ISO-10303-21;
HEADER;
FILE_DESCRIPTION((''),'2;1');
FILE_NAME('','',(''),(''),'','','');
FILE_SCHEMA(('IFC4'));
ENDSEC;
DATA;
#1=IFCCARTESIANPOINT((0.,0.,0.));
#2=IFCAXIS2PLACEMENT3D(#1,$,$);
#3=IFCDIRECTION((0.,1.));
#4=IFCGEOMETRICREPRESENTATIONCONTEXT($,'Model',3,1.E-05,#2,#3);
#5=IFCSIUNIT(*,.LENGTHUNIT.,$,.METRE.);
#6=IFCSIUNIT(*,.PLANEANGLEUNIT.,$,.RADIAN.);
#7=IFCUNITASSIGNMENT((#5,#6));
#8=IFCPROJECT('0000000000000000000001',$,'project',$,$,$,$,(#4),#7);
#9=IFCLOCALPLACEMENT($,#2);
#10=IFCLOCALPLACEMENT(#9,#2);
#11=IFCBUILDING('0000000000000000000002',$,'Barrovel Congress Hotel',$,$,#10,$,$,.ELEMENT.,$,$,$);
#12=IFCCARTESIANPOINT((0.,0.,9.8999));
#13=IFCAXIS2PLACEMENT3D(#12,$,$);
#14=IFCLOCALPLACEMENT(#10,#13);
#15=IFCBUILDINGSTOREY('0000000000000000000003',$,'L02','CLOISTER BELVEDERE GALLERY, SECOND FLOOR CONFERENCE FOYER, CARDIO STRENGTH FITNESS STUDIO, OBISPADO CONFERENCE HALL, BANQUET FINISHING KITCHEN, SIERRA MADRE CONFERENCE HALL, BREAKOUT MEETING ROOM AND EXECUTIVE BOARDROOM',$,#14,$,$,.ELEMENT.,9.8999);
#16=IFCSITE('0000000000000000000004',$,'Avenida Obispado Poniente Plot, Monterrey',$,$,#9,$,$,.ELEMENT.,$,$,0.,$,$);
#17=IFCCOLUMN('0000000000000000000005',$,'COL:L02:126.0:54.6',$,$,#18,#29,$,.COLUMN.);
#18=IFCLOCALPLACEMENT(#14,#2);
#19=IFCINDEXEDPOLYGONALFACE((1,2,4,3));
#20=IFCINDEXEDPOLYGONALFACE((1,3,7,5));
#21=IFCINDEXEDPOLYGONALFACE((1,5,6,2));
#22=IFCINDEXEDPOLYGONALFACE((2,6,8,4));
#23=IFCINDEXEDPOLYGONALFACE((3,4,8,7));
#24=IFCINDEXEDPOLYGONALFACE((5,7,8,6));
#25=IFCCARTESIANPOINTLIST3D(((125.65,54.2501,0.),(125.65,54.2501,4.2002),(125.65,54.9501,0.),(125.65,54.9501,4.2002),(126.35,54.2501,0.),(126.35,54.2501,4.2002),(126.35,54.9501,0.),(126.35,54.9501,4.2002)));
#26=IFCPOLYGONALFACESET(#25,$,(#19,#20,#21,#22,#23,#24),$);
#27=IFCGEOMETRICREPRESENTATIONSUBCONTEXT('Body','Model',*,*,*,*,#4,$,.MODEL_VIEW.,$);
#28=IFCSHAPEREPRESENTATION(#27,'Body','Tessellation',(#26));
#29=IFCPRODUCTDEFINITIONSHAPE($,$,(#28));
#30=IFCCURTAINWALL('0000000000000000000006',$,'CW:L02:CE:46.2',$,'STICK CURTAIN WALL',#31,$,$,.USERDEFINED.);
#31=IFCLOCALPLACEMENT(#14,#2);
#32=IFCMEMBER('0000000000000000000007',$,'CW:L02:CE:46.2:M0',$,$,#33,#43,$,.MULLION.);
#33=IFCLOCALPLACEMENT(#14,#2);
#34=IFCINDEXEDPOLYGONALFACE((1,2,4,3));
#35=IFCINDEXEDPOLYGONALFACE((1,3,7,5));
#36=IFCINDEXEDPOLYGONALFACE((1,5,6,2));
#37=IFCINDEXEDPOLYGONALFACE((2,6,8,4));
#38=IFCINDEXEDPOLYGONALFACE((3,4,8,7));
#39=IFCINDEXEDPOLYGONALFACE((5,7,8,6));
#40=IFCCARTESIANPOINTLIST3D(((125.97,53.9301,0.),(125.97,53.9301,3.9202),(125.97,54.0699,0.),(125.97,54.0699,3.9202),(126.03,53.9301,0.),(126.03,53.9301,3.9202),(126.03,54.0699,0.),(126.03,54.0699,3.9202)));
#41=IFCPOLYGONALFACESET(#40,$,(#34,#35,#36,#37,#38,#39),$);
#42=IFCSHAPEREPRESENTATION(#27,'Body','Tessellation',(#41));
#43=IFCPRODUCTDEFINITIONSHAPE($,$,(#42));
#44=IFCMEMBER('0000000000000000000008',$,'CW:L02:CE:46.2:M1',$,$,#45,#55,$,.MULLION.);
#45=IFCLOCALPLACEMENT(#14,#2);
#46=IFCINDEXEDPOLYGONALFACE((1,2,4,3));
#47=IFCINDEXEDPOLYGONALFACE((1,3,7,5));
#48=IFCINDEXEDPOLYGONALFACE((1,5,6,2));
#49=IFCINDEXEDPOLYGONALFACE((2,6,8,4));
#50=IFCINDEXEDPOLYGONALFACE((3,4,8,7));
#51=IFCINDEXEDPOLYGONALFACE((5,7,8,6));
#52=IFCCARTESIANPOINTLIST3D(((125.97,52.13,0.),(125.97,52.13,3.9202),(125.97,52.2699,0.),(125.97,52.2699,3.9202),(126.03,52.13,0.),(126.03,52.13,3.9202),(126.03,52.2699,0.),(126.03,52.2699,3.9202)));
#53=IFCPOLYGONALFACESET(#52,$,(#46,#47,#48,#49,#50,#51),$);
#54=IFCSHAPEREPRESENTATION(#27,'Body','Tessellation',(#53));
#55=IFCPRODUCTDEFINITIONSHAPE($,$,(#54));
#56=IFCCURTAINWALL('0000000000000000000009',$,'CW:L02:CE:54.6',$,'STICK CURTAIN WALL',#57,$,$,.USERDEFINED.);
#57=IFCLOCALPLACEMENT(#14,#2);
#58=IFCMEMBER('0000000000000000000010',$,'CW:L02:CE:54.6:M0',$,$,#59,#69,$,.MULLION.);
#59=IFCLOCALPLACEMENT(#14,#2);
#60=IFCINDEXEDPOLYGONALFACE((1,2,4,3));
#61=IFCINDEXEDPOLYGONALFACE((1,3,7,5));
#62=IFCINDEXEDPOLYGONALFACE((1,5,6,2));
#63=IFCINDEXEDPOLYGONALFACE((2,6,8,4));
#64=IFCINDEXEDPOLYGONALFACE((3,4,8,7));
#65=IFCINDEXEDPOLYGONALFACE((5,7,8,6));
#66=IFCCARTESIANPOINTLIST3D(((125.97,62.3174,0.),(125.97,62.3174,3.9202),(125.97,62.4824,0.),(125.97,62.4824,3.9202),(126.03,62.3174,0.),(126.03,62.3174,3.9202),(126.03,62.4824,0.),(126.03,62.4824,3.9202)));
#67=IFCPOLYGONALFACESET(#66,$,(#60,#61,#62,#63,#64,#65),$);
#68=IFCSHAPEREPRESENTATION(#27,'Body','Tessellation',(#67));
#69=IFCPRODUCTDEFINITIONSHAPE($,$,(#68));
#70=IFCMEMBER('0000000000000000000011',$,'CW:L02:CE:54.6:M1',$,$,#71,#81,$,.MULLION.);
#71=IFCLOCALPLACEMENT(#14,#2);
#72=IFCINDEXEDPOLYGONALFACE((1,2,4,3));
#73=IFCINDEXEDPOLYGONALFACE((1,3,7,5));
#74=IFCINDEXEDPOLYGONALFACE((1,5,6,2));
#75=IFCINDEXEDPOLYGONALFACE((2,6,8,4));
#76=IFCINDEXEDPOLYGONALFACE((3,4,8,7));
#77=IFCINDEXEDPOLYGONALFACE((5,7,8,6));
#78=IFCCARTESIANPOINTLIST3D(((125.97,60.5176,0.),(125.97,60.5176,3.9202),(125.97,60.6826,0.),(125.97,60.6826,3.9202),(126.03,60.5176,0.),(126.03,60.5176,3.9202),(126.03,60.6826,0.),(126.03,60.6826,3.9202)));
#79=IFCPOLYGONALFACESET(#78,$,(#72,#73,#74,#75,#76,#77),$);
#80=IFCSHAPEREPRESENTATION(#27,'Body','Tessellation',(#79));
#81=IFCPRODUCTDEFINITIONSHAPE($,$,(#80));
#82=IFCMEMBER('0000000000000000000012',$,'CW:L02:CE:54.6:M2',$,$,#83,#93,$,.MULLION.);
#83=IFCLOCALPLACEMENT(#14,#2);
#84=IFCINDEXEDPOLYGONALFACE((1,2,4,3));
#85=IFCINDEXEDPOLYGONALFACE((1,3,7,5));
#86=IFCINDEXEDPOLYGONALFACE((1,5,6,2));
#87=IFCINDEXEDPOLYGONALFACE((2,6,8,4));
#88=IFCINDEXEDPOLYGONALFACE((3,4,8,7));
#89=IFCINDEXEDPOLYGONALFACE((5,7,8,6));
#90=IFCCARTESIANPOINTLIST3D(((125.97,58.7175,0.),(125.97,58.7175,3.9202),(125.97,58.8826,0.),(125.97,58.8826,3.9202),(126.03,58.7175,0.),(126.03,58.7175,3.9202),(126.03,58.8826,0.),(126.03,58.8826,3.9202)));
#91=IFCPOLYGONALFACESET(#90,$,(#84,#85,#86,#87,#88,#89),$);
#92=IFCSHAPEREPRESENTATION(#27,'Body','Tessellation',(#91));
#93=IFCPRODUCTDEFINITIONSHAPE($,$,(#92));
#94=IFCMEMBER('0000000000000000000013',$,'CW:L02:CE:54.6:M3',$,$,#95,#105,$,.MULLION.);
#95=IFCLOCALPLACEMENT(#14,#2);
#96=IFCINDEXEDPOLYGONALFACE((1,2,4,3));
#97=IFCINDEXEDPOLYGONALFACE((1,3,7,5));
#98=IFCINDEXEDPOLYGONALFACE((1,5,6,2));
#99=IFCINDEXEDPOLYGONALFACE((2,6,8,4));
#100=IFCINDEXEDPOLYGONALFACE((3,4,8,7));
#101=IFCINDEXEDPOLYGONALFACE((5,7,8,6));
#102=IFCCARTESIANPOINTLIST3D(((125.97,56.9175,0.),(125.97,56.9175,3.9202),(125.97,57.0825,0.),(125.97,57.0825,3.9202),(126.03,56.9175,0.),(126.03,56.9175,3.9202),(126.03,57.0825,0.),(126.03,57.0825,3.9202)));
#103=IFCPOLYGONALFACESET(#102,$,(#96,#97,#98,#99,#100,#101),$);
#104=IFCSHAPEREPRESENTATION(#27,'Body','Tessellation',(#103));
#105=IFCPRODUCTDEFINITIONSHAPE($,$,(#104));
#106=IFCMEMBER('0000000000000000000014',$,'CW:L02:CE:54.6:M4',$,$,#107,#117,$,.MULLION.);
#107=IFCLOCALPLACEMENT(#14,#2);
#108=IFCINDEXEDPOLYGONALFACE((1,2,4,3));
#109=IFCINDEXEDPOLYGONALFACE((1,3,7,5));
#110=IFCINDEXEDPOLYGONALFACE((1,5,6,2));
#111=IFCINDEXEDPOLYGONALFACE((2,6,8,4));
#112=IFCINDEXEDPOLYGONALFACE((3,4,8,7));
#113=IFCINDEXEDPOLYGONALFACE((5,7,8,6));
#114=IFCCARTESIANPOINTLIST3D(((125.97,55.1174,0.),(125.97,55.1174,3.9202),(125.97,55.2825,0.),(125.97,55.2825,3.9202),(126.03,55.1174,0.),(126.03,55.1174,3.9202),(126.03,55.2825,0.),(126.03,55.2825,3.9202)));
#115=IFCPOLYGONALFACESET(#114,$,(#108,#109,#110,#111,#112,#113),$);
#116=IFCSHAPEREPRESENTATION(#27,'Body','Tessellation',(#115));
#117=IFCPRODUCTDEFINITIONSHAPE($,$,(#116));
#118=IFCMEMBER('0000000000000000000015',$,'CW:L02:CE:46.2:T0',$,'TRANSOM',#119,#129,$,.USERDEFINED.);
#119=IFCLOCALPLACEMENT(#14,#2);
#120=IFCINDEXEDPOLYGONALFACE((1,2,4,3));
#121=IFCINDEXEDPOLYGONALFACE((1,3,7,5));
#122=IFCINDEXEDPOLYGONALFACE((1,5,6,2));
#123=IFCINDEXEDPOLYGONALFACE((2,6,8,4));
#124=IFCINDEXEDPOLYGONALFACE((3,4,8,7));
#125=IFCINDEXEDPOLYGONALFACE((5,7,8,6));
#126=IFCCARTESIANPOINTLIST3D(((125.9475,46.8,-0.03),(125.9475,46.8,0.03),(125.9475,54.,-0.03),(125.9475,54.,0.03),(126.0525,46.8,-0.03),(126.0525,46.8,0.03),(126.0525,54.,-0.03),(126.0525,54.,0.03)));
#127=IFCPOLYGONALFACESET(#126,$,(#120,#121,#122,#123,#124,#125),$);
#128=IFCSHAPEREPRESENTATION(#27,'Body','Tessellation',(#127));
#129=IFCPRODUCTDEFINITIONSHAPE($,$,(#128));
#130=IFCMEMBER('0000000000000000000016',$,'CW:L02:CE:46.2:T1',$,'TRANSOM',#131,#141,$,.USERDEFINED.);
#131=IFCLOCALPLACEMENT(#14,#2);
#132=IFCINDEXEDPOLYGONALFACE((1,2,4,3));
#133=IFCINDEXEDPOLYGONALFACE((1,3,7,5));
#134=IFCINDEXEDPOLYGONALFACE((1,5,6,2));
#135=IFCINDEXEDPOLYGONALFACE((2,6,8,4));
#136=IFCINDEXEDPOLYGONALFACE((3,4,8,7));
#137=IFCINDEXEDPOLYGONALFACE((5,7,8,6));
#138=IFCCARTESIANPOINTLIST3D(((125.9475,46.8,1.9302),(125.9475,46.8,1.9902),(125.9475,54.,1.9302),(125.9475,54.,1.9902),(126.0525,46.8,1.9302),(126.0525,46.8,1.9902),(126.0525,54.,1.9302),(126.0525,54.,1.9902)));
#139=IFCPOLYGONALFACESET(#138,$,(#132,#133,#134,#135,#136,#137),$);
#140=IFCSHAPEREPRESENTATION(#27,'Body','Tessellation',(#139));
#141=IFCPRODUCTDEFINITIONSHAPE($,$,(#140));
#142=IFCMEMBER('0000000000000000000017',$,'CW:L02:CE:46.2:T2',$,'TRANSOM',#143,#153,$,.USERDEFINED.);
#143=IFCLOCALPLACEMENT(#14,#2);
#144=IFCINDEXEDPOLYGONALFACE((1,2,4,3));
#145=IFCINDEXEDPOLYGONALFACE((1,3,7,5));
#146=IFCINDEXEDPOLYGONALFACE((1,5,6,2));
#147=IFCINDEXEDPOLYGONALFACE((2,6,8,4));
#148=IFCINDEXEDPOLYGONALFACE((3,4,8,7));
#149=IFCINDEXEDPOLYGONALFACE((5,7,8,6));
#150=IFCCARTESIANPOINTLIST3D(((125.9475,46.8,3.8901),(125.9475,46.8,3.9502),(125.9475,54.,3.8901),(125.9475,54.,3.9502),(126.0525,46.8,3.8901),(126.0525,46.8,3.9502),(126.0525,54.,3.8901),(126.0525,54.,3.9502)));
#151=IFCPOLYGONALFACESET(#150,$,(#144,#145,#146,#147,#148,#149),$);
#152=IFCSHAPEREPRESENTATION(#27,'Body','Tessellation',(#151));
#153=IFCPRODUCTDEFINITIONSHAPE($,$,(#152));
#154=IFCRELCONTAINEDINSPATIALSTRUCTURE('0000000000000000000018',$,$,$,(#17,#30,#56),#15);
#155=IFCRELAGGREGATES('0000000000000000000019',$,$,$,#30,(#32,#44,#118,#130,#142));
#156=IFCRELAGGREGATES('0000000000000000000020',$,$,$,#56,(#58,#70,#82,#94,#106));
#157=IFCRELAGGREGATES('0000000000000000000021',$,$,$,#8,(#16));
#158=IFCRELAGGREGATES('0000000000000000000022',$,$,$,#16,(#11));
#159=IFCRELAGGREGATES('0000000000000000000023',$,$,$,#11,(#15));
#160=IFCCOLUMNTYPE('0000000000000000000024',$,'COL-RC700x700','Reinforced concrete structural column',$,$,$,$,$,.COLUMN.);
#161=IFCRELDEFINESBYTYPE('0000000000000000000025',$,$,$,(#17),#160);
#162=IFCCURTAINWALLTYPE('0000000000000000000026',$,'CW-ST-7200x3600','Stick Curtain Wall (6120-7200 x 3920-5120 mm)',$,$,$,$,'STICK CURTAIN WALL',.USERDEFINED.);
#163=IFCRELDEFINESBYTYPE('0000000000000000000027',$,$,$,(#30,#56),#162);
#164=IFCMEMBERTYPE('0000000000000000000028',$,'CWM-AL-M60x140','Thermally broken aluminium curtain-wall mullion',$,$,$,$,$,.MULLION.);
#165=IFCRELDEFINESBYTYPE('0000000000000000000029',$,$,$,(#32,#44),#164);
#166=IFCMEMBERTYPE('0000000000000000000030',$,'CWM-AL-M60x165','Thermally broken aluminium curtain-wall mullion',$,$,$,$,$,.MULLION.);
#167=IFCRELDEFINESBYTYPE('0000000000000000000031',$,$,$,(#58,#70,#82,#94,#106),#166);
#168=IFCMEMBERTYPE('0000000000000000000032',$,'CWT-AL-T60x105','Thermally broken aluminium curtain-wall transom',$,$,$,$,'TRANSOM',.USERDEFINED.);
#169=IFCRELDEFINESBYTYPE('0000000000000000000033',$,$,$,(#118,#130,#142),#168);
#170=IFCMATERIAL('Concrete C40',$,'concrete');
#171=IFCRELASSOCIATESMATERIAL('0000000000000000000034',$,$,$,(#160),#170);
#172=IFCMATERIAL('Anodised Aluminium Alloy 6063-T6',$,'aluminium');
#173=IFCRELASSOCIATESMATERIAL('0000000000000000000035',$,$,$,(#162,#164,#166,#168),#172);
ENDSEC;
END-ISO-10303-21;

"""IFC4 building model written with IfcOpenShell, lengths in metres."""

from ifc_helpers import new_model, si_unit, direction, frame, origin, origin_2d, place, context, subcontext, project, spatial, rectangle, extrude, material, material_profile, profile_set, type_object, element, aggregate, save


model = new_model("IFC4")

# Units and contexts
model_context = context("Model", 3, precision=1e-05, world=origin(), true_north=direction((0.0, 1.0)))
body_context = subcontext(model_context, "Body", "Model", "MODEL_VIEW")
ifc_project = project(units=[si_unit("LENGTHUNIT", "METRE"), si_unit("PLANEANGLEUNIT", "RADIAN")], contexts=[model_context])

# Site, building, storey
site_placement = place(None, origin())
site = spatial("IfcSite", under=ifc_project, at=site_placement, Name="Avenida Obispado Poniente Plot, Monterrey", CompositionType="ELEMENT", RefElevation=0.0)
building_placement = place(site_placement, origin())
building = spatial("IfcBuilding", under=site, at=building_placement, Name="Barrovel Congress Hotel", CompositionType="ELEMENT")
storey_placement = place(building_placement, frame((0.0, 0.0, 9.8999)))
storey = spatial("IfcBuildingStorey", under=building, at=storey_placement, Name="L02", Description="CLOISTER BELVEDERE GALLERY, SECOND FLOOR CONFERENCE FOYER, CARDIO STRENGTH FITNESS STUDIO, OBISPADO CONFERENCE HALL, BANQUET FINISHING KITCHEN, SIERRA MADRE CONFERENCE HALL, BREAKOUT MEETING ROOM AND EXECUTIVE BOARDROOM", CompositionType="ELEMENT", Elevation=9.8999)

# Column
ifc_material_1 = material(Name="Concrete C40", Category="concrete")
ifc_material_profile_1 = material_profile(ifc_material_1, rectangle(XDim=0.7, YDim=0.7, at=origin_2d()), Name="RC700x700")
ifc_profile_set_1 = profile_set([ifc_material_profile_1], Name="Concrete C40")
column_type = type_object("IfcColumnType", Name="COL-RC700x700", Description="Reinforced concrete structural column", PredefinedType="COLUMN", material=ifc_profile_set_1)
column_placement = place(storey_placement, frame((126.0, 54.6001, 0.0), z_axis=(0.0, 0.0, 1.0), x_axis=(1.0, 0.0, 0.0)))
element("IfcColumn", 1, at=column_placement, inside=storey, type_object=column_type, Name="COL:L02:126.0:54.6", PredefinedType="COLUMN", context=body_context, shape_type="SweptSolid", body=[
    extrude(rectangle(XDim=0.7, YDim=0.7, at=origin_2d()), origin(), (0.0, 0.0, 1.0), 4.2002),
])

# Curtain walls, members
ifc_material_2 = material(Name="Anodised Aluminium Alloy 6063-T6", Category="aluminium")
curtain_wall_type = type_object("IfcCurtainWallType", Name="CW-ST-7200x3600", Description="Stick Curtain Wall (6120-7200 x 3920-5120 mm)", ElementType="STICK CURTAIN WALL", PredefinedType="USERDEFINED", material=ifc_material_2)
curtain_wall_1_placement = place(storey_placement, origin())
curtain_wall_1 = element("IfcCurtainWall", 2, at=curtain_wall_1_placement, inside=storey, type_object=curtain_wall_type, Name="CW:L02:CE:46.2", ObjectType="STICK CURTAIN WALL", PredefinedType="USERDEFINED")
ifc_material_profile_2 = material_profile(ifc_material_2, rectangle(XDim=0.0601, YDim=0.1399, at=origin_2d()), Name="AL-M60x140")
ifc_profile_set_2 = profile_set([ifc_material_profile_2], Name="Anodised Aluminium Alloy 6063-T6")
member_type_1 = type_object("IfcMemberType", Name="CWM-AL-M60x140", Description="Thermally broken aluminium curtain-wall mullion", PredefinedType="MULLION", material=ifc_profile_set_2)
member_1_placement = place(storey_placement, frame((126.0, 54.0, 0.0), z_axis=(0.0, 0.0, 1.0), x_axis=(1.0, 0.0, 0.0)))
member_1 = element("IfcMember", 3, at=member_1_placement, type_object=member_type_1, Name="CW:L02:CE:46.2:M0", PredefinedType="MULLION", context=body_context, shape_type="SweptSolid", body=[
    extrude(rectangle(XDim=0.0601, YDim=0.1399, at=origin_2d()), origin(), (0.0, 0.0, 1.0), 3.9202),
])
member_2_placement = place(storey_placement, frame((126.0, 52.2, 0.0), z_axis=(0.0, 0.0, 1.0), x_axis=(1.0, 0.0, 0.0)))
member_2 = element("IfcMember", 4, at=member_2_placement, type_object=member_type_1, Name="CW:L02:CE:46.2:M1", PredefinedType="MULLION", context=body_context, shape_type="SweptSolid", body=[
    extrude(rectangle(XDim=0.0601, YDim=0.1399, at=origin_2d()), origin(), (0.0, 0.0, 1.0), 3.9202),
])
curtain_wall_2_placement = place(storey_placement, origin())
curtain_wall_2 = element("IfcCurtainWall", 5, at=curtain_wall_2_placement, inside=storey, type_object=curtain_wall_type, Name="CW:L02:CE:54.6", ObjectType="STICK CURTAIN WALL", PredefinedType="USERDEFINED")
ifc_material_profile_3 = material_profile(ifc_material_2, rectangle(XDim=0.0601, YDim=0.165, at=origin_2d()), Name="AL-M60x165")
ifc_profile_set_3 = profile_set([ifc_material_profile_3], Name="Anodised Aluminium Alloy 6063-T6")
member_type_2 = type_object("IfcMemberType", Name="CWM-AL-M60x165", Description="Thermally broken aluminium curtain-wall mullion", PredefinedType="MULLION", material=ifc_profile_set_3)
member_3_placement = place(storey_placement, frame((126.0, 62.3999, 0.0), z_axis=(0.0, 0.0, 1.0), x_axis=(1.0, 0.0, 0.0)))
member_3 = element("IfcMember", 6, at=member_3_placement, type_object=member_type_2, Name="CW:L02:CE:54.6:M0", PredefinedType="MULLION", context=body_context, shape_type="SweptSolid", body=[
    extrude(rectangle(XDim=0.0601, YDim=0.165, at=origin_2d()), origin(), (0.0, 0.0, 1.0), 3.9202),
])
member_4_placement = place(storey_placement, frame((126.0, 60.6001, 0.0), z_axis=(0.0, 0.0, 1.0), x_axis=(1.0, 0.0, 0.0)))
member_4 = element("IfcMember", 7, at=member_4_placement, type_object=member_type_2, Name="CW:L02:CE:54.6:M1", PredefinedType="MULLION", context=body_context, shape_type="SweptSolid", body=[
    extrude(rectangle(XDim=0.0601, YDim=0.165, at=origin_2d()), origin(), (0.0, 0.0, 1.0), 3.9202),
])
member_5_placement = place(storey_placement, frame((126.0, 58.8, 0.0), z_axis=(0.0, 0.0, 1.0), x_axis=(1.0, 0.0, 0.0)))
member_5 = element("IfcMember", 8, at=member_5_placement, type_object=member_type_2, Name="CW:L02:CE:54.6:M2", PredefinedType="MULLION", context=body_context, shape_type="SweptSolid", body=[
    extrude(rectangle(XDim=0.0601, YDim=0.165, at=origin_2d()), origin(), (0.0, 0.0, 1.0), 3.9202),
])
member_6_placement = place(storey_placement, frame((126.0, 57.0, 0.0), z_axis=(0.0, 0.0, 1.0), x_axis=(1.0, 0.0, 0.0)))
member_6 = element("IfcMember", 9, at=member_6_placement, type_object=member_type_2, Name="CW:L02:CE:54.6:M3", PredefinedType="MULLION", context=body_context, shape_type="SweptSolid", body=[
    extrude(rectangle(XDim=0.0601, YDim=0.165, at=origin_2d()), origin(), (0.0, 0.0, 1.0), 3.9202),
])
member_7_placement = place(storey_placement, frame((126.0, 55.2, 0.0), z_axis=(0.0, 0.0, 1.0), x_axis=(1.0, 0.0, 0.0)))
member_7 = element("IfcMember", 10, at=member_7_placement, type_object=member_type_2, Name="CW:L02:CE:54.6:M4", PredefinedType="MULLION", context=body_context, shape_type="SweptSolid", body=[
    extrude(rectangle(XDim=0.0601, YDim=0.165, at=origin_2d()), origin(), (0.0, 0.0, 1.0), 3.9202),
])

# Members
ifc_material_profile_4 = material_profile(ifc_material_2, rectangle(XDim=0.105, YDim=0.0601, at=origin_2d()), Name="AL-T60x105")
ifc_profile_set_4 = profile_set([ifc_material_profile_4], Name="Anodised Aluminium Alloy 6063-T6")
member_type_3 = type_object("IfcMemberType", Name="CWT-AL-T60x105", Description="Thermally broken aluminium curtain-wall transom", ElementType="TRANSOM", PredefinedType="USERDEFINED", material=ifc_profile_set_4)
member_8_placement = place(storey_placement, frame((126.0, 54.0, 0.0), z_axis=(0.0, -1.0, 0.0), x_axis=(1.0, 0.0, 0.0)))
member_8 = element("IfcMember", 11, at=member_8_placement, type_object=member_type_3, Name="CW:L02:CE:46.2:T0", ObjectType="TRANSOM", PredefinedType="USERDEFINED", context=body_context, shape_type="SweptSolid", body=[
    extrude(rectangle(XDim=0.105, YDim=0.0601, at=origin_2d()), origin(), (0.0, 0.0, 1.0), 7.2),
])
member_9_placement = place(storey_placement, frame((126.0, 54.0, 1.9602), z_axis=(0.0, -1.0, 0.0), x_axis=(1.0, 0.0, 0.0)))
member_9 = element("IfcMember", 12, at=member_9_placement, type_object=member_type_3, Name="CW:L02:CE:46.2:T1", ObjectType="TRANSOM", PredefinedType="USERDEFINED", context=body_context, shape_type="SweptSolid", body=[
    extrude(rectangle(XDim=0.105, YDim=0.0601, at=origin_2d()), origin(), (0.0, 0.0, 1.0), 7.2),
])
member_10_placement = place(storey_placement, frame((126.0, 54.0, 3.9202), z_axis=(0.0, -1.0, 0.0), x_axis=(1.0, 0.0, 0.0)))
member_10 = element("IfcMember", 13, at=member_10_placement, type_object=member_type_3, Name="CW:L02:CE:46.2:T2", ObjectType="TRANSOM", PredefinedType="USERDEFINED", context=body_context, shape_type="SweptSolid", body=[
    extrude(rectangle(XDim=0.105, YDim=0.0601, at=origin_2d()), origin(), (0.0, 0.0, 1.0), 7.2),
])

aggregate(curtain_wall_1, [member_1, member_2, member_8, member_9, member_10])
aggregate(curtain_wall_2, [member_3, member_4, member_5, member_6, member_7])

save(model, "model.ifc")
